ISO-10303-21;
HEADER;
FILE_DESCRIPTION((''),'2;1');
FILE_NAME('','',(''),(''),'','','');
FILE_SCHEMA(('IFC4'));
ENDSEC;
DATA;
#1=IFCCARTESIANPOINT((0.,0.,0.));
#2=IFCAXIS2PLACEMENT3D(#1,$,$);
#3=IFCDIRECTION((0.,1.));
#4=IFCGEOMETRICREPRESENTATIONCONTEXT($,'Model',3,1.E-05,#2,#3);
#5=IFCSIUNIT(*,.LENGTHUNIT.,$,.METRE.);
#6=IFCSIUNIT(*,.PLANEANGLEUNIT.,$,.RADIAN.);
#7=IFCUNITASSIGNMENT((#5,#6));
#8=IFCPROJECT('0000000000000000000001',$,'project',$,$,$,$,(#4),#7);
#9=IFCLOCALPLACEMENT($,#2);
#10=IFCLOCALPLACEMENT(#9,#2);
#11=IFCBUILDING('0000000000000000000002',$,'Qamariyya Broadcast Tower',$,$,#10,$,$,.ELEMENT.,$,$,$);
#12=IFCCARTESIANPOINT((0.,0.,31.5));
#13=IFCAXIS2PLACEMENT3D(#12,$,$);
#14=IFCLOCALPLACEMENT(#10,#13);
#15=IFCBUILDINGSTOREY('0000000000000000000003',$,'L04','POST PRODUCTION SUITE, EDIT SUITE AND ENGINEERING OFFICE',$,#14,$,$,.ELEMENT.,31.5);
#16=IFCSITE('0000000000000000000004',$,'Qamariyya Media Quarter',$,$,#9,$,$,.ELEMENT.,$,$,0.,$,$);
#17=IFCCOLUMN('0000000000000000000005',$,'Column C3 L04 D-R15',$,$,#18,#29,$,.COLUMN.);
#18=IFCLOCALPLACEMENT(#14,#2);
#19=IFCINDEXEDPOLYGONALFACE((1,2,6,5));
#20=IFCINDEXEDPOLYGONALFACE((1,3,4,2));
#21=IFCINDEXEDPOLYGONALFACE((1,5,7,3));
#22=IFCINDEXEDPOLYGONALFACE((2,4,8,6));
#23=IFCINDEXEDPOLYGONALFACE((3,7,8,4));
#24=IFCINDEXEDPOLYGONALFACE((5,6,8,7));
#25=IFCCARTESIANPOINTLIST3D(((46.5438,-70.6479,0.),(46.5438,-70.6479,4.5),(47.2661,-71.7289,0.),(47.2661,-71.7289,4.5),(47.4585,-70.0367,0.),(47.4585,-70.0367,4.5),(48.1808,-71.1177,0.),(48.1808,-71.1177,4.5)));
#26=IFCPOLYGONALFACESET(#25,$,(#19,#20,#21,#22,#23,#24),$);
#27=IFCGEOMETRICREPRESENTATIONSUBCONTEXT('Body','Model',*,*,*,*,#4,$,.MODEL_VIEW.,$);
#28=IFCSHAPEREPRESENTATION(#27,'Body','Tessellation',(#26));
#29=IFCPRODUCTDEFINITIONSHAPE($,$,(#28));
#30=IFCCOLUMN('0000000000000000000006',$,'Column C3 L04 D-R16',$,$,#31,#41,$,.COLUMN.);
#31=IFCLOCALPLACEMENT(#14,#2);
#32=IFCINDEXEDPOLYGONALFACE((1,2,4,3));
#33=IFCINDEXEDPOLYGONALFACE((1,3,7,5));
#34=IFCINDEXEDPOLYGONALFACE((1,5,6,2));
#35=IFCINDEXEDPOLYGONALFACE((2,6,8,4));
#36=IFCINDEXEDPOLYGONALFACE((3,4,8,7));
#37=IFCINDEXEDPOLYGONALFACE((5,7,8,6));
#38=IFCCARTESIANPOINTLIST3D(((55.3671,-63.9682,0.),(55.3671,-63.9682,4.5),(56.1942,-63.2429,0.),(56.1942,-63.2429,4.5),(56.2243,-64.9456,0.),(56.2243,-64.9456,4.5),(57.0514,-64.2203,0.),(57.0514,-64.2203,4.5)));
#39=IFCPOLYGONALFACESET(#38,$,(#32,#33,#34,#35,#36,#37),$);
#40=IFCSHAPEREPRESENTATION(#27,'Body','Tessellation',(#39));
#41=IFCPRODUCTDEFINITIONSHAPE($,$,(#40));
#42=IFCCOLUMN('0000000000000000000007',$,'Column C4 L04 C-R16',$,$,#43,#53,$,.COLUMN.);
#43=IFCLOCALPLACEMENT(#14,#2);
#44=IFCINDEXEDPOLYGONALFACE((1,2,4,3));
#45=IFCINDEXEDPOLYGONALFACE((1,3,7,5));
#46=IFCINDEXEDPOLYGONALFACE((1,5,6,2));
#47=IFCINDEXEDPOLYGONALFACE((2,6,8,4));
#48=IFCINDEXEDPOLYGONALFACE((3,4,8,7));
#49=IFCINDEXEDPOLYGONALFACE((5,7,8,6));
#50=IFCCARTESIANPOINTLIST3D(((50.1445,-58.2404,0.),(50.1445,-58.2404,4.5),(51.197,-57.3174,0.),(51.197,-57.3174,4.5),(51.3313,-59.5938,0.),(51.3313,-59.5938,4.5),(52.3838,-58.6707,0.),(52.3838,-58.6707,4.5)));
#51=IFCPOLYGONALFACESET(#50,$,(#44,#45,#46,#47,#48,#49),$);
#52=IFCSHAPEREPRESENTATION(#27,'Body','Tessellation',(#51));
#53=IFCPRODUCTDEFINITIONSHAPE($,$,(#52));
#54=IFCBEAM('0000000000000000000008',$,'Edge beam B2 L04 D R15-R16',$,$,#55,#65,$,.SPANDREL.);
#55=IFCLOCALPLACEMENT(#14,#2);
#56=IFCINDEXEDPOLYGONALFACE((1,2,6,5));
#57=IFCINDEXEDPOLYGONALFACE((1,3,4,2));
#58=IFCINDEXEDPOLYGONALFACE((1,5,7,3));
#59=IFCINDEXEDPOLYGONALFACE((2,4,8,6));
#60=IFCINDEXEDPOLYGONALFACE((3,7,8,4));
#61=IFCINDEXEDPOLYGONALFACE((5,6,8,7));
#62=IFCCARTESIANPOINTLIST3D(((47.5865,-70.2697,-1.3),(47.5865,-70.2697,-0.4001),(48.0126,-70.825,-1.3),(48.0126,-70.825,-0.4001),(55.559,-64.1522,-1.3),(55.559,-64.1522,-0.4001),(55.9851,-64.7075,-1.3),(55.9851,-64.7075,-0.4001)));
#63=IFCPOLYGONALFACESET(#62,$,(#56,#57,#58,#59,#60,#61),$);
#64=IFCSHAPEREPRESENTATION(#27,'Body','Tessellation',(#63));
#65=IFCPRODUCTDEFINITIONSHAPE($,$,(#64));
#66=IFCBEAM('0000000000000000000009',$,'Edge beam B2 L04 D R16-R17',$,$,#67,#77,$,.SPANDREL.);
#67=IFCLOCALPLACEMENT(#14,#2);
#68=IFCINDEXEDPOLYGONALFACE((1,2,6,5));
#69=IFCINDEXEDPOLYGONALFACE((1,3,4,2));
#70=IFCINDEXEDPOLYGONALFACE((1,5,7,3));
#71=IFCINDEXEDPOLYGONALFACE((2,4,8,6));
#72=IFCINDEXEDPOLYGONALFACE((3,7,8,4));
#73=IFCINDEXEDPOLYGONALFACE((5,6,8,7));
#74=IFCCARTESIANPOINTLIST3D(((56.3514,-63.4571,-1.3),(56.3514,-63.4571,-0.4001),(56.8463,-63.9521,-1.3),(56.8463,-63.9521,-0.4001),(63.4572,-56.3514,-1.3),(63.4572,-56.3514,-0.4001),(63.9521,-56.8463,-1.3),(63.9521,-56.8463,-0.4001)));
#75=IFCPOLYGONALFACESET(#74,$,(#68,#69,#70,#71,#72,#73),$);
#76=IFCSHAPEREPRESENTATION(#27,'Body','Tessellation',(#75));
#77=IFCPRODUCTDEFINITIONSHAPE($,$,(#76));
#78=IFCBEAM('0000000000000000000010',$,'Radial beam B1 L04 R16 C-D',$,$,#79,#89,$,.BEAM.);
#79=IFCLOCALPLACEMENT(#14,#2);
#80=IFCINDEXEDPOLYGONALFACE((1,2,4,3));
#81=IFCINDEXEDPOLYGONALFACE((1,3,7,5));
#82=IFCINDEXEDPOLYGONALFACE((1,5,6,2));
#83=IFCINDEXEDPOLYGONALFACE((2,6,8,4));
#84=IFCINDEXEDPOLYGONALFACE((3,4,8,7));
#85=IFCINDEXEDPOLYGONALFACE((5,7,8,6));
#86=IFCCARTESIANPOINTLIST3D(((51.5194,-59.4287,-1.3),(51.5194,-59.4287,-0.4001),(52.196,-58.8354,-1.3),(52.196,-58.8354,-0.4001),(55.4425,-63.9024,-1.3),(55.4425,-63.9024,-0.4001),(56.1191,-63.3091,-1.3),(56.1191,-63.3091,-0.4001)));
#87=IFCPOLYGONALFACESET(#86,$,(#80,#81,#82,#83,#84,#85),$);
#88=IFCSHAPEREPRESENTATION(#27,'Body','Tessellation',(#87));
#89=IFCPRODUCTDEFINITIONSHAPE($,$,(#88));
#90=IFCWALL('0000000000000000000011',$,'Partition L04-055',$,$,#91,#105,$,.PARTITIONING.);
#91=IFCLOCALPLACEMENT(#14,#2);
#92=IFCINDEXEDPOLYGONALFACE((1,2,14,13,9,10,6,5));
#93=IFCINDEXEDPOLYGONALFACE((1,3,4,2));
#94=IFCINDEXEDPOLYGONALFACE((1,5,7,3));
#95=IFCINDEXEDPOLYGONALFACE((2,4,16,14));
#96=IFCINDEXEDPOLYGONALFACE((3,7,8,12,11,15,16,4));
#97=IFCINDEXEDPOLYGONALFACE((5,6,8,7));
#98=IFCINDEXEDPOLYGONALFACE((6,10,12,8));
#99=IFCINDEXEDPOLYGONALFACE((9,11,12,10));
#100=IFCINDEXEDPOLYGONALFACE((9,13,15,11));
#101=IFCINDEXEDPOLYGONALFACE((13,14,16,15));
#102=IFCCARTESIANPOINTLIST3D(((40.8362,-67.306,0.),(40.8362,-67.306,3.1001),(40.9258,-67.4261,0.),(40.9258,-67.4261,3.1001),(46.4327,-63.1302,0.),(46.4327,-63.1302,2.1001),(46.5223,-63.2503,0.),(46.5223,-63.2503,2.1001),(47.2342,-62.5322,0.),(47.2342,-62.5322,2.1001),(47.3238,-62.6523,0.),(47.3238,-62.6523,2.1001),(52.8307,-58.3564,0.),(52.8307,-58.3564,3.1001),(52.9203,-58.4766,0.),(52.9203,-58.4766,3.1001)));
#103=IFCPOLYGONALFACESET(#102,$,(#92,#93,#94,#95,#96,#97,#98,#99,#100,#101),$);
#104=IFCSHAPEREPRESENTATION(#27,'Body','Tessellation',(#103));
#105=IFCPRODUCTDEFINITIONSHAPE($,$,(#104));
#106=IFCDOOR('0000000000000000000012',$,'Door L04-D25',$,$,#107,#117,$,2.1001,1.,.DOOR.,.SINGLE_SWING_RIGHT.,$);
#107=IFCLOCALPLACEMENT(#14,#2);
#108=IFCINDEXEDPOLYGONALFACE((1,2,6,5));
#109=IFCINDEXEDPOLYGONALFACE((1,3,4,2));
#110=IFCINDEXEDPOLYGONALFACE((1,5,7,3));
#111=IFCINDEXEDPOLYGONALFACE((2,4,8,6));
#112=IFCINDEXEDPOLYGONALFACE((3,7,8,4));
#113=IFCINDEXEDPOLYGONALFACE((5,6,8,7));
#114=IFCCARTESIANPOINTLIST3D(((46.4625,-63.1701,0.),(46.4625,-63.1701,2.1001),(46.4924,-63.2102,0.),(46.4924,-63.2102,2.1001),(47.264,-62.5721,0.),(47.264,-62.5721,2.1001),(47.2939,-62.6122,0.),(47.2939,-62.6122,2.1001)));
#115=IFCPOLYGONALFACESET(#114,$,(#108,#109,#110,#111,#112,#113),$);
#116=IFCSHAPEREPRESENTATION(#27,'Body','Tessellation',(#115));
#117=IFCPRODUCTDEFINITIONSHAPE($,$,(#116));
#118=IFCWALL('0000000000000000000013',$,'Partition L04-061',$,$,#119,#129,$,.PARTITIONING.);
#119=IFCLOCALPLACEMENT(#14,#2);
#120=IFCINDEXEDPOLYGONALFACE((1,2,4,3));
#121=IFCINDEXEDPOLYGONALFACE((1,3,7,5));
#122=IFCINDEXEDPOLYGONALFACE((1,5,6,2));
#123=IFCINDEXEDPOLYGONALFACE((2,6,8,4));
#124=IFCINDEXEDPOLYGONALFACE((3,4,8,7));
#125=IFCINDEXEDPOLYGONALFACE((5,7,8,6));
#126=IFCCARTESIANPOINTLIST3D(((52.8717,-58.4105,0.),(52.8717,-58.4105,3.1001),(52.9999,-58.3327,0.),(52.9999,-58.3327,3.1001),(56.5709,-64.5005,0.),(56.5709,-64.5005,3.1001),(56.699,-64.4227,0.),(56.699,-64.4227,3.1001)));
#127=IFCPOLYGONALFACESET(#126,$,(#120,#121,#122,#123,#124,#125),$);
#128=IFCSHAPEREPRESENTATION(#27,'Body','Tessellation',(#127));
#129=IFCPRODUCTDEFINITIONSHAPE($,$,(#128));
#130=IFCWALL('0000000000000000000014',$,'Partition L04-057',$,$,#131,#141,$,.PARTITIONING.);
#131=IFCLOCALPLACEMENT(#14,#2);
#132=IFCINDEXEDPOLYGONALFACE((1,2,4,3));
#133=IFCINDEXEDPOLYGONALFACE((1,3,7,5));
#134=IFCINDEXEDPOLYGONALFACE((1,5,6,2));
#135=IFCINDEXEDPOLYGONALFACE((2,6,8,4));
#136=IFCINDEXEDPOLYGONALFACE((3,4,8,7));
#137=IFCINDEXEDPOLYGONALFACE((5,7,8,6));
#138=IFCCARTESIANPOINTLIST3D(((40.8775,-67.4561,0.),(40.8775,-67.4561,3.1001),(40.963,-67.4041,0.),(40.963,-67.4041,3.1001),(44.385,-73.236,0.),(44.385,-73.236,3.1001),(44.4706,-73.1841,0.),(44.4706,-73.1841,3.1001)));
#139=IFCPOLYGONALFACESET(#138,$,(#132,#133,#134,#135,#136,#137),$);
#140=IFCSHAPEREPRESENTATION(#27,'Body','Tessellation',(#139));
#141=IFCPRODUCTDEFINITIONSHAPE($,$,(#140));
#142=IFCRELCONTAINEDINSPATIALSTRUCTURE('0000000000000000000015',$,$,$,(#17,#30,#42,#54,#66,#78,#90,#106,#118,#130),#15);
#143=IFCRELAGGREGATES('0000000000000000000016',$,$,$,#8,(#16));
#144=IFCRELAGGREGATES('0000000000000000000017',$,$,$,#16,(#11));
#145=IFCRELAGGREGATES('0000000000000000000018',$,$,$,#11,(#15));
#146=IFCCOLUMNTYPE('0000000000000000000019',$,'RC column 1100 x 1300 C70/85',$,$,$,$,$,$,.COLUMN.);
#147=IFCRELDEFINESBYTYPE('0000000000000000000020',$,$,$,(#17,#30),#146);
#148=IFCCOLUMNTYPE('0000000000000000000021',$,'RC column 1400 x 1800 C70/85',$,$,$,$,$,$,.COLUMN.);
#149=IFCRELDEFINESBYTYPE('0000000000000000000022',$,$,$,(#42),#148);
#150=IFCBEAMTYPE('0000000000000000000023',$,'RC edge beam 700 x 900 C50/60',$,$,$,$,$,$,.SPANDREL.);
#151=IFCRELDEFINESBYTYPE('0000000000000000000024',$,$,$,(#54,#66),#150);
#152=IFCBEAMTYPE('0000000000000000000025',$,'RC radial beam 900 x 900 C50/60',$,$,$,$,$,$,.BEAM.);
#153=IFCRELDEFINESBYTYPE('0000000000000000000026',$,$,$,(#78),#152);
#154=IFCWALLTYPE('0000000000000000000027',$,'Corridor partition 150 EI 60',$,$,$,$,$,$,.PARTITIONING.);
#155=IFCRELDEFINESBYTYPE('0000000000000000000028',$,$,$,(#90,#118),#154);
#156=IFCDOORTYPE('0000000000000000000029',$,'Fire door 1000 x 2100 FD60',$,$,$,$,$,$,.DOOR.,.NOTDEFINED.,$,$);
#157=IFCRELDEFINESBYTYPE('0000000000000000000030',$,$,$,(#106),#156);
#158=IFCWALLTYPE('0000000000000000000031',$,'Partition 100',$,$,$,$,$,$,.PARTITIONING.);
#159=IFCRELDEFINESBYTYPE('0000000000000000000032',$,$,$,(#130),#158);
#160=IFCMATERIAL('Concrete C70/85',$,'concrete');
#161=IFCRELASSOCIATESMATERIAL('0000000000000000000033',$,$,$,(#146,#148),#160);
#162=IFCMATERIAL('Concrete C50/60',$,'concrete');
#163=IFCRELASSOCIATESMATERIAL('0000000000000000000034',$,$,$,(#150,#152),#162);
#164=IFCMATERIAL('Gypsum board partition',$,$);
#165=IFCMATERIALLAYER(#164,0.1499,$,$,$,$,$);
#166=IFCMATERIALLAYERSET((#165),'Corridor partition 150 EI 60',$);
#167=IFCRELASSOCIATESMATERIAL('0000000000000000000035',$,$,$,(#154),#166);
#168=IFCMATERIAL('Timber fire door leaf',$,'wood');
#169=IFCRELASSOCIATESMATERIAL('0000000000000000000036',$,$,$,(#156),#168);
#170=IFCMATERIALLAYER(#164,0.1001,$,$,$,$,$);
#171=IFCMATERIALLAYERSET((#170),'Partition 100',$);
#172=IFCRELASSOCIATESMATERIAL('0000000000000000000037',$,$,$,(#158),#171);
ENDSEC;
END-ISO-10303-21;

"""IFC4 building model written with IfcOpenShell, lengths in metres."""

from ifc_helpers import new_model, si_unit, direction, frame, frame_2d, origin, origin_2d, place, context, subcontext, project, spatial, rectangle, extrude, material, layer, layer_set, material_profile, profile_set, type_object, element, fill, save


model = new_model("IFC4")

# Units and contexts
model_context = context("Model", 3, precision=1e-05, world=origin(), true_north=direction((0.0, 1.0)))
body_context = subcontext(model_context, "Body", "Model", "MODEL_VIEW")
ifc_project = project(units=[si_unit("LENGTHUNIT", "METRE"), si_unit("PLANEANGLEUNIT", "RADIAN")], contexts=[model_context])

# Site, building, storey
site_placement = place(None, origin())
site = spatial("IfcSite", under=ifc_project, at=site_placement, Name="Qamariyya Media Quarter", CompositionType="ELEMENT", RefElevation=0.0)
building_placement = place(site_placement, origin())
building = spatial("IfcBuilding", under=site, at=building_placement, Name="Qamariyya Broadcast Tower", CompositionType="ELEMENT")
storey_placement = place(building_placement, frame((0.0, 0.0, 31.5)))
storey = spatial("IfcBuildingStorey", under=building, at=storey_placement, Name="L04", Description="POST PRODUCTION SUITE, EDIT SUITE AND ENGINEERING OFFICE", CompositionType="ELEMENT", Elevation=31.5)

# Columns
ifc_material_1 = material(Name="Concrete C70/85", Category="concrete")
ifc_material_profile_1 = material_profile(ifc_material_1, rectangle(XDim=1.1001, YDim=1.3, at=origin_2d()))
ifc_profile_set_1 = profile_set([ifc_material_profile_1], Name="Concrete C70/85")
column_type_1 = type_object("IfcColumnType", Name="RC column 1100 x 1300 C70/85", PredefinedType="COLUMN", material=ifc_profile_set_1)
for number, where, z_axis, x_axis, name in (
    (1, (47.3623, -70.8828, 0.0), (0.0, 0.0, 1.0), (0.83147, 0.55557, 0.0), "Column C3 L04 D-R15"),
    (2, (56.2092, -64.0942, 0.0), (0.0, 0.0, 1.0), (0.75184, 0.659346, 0.0), "Column C3 L04 D-R16"),
):
    element("IfcColumn", number, at=place(storey_placement, frame(where, z_axis=z_axis, x_axis=x_axis)), inside=storey, type_object=column_type_1, Name=name, PredefinedType="COLUMN", context=body_context, shape_type="SweptSolid", body=[
        extrude(rectangle(XDim=1.1001, YDim=1.3, at=origin_2d()), origin(), (0.0, 0.0, 1.0), 4.5),
    ])
ifc_material_profile_2 = material_profile(ifc_material_1, rectangle(XDim=1.3999, YDim=1.8, at=origin_2d()))
ifc_profile_set_2 = profile_set([ifc_material_profile_2], Name="Concrete C70/85")
column_type_2 = type_object("IfcColumnType", Name="RC column 1400 x 1800 C70/85", PredefinedType="COLUMN", material=ifc_profile_set_2)
column_placement = place(storey_placement, frame((51.2642, -58.4556, 0.0), z_axis=(0.0, 0.0, 1.0), x_axis=(0.75184, 0.659346, 0.0)))
element("IfcColumn", 3, at=column_placement, inside=storey, type_object=column_type_2, Name="Column C4 L04 C-R16", PredefinedType="COLUMN", context=body_context, shape_type="SweptSolid", body=[
    extrude(rectangle(XDim=1.3999, YDim=1.8, at=origin_2d()), origin(), (0.0, 0.0, 1.0), 4.5),
])

# Beams
ifc_material_2 = material(Name="Concrete C50/60", Category="concrete")
ifc_material_profile_3 = material_profile(ifc_material_2, rectangle(XDim=0.7, YDim=0.8999, at=origin_2d()))
ifc_profile_set_3 = profile_set([ifc_material_profile_3], Name="Concrete C50/60")
beam_type_1 = type_object("IfcBeamType", Name="RC edge beam 700 x 900 C50/60", PredefinedType="SPANDREL", material=ifc_profile_set_3)
for number, where, z_axis, x_axis, name in (
    (4, (47.7996, -70.5474, -0.8501), (0.793354, 0.60876, 0.0), (-0.60876, 0.793354, 0.0), "Edge beam B2 L04 D R15-R16"),
    (5, (56.5989, -63.7046, -0.8501), (0.707107, 0.707107, 0.0), (-0.707107, 0.707107, 0.0), "Edge beam B2 L04 D R16-R17"),
):
    element("IfcBeam", number, at=place(storey_placement, frame(where, z_axis=z_axis, x_axis=x_axis)), inside=storey, type_object=beam_type_1, Name=name, PredefinedType="SPANDREL", context=body_context, shape_type="SweptSolid", body=[
        extrude(rectangle(XDim=0.7, YDim=0.8999, at=origin_2d()), origin(), (0.0, 0.0, 1.0), 10.0491),
    ])
ifc_material_profile_4 = material_profile(ifc_material_2, rectangle(XDim=0.8999, YDim=0.8999, at=origin_2d()))
ifc_profile_set_4 = profile_set([ifc_material_profile_4], Name="Concrete C50/60")
beam_type_2 = type_object("IfcBeamType", Name="RC radial beam 900 x 900 C50/60", PredefinedType="BEAM", material=ifc_profile_set_4)
beam_placement = place(storey_placement, frame((51.8577, -59.1321, -0.8501), z_axis=(0.659329, -0.751854, 0.0), x_axis=(0.751854, 0.659329, 0.0)))
element("IfcBeam", 6, at=beam_placement, inside=storey, type_object=beam_type_2, Name="Radial beam B1 L04 R16 C-D", PredefinedType="BEAM", context=body_context, shape_type="SweptSolid", body=[
    extrude(rectangle(XDim=0.8999, YDim=0.8999, at=origin_2d()), origin(), (0.0, 0.0, 1.0), 5.9502),
])

# Wall, opening, door
ifc_material_3 = material(Name="Gypsum board partition")
ifc_layer_1 = layer(ifc_material_3, 0.1499)
ifc_layer_set_1 = layer_set([ifc_layer_1], Name="Corridor partition 150 EI 60")
wall_type_1 = type_object("IfcWallType", Name="Corridor partition 150 EI 60", PredefinedType="PARTITIONING", material=ifc_layer_set_1)
wall_1_placement = place(storey_placement, frame((52.8755, -58.4165, 0.0), z_axis=(0.0, 0.0, 1.0), x_axis=(-0.801483, -0.598017, 0.0)))
wall_1 = element("IfcWall", 7, at=wall_1_placement, inside=storey, type_object=wall_type_1, Name="Partition L04-055", PredefinedType="PARTITIONING", context=body_context, shape_type="SweptSolid", body=[
    extrude(rectangle(XDim=14.9653, YDim=0.1499, at=frame_2d((7.4827, 0.0))), origin(), (0.0, 0.0, 1.0), 3.1001),
])
opening_1_placement = place(wall_1_placement, frame((6.9827, 0.0, 0.0)))
opening_1 = element("IfcOpeningElement", 8, at=opening_1_placement, cuts=wall_1, PredefinedType="OPENING", context=body_context, shape_type="SweptSolid", body=[
    extrude(rectangle(XDim=1.0, YDim=2.1001, at=frame_2d((0.5, 1.05))), frame((0.0, 0.085, 0.0), z_axis=(0.0, -1.0, 0.0), x_axis=(1.0, 0.0, 0.0)), (0.0, 0.0, 1.0), 0.1699),
])
ifc_material_4 = material(Name="Timber fire door leaf", Category="wood")
door_type = type_object("IfcDoorType", Name="Fire door 1000 x 2100 FD60", OperationType="NOTDEFINED", PredefinedType="DOOR", material=ifc_material_4)
door_placement = place(opening_1_placement, origin())
door = element("IfcDoor", 9, at=door_placement, inside=storey, type_object=door_type, Name="Door L04-D25", OperationType="SINGLE_SWING_RIGHT", OverallHeight=2.1001, OverallWidth=1.0, PredefinedType="DOOR", context=body_context, shape_type="SweptSolid", body=[
    extrude(rectangle(XDim=1.0, YDim=2.1001, at=frame_2d((0.5, 1.05))), frame((0.0, 0.0249, 0.0), z_axis=(0.0, -1.0, 0.0), x_axis=(1.0, 0.0, 0.0)), (0.0, 0.0, 1.0), 0.05),
])
fill(opening_1, door)

# Walls
wall_2_placement = place(storey_placement, frame((52.9358, -58.3716, 0.0), z_axis=(0.0, 0.0, 1.0), x_axis=(0.519149, -0.854684, 0.0)))
element("IfcWall", 10, at=wall_2_placement, inside=storey, type_object=wall_type_1, Name="Partition L04-061", PredefinedType="PARTITIONING", context=body_context, shape_type="SweptSolid", body=[
    extrude(rectangle(XDim=7.1255, YDim=0.1499, at=frame_2d((3.5627, 0.0))), origin(), (0.0, 0.0, 1.0), 3.1001),
])
ifc_layer_2 = layer(ifc_material_3, 0.1001)
ifc_layer_set_2 = layer_set([ifc_layer_2], Name="Partition 100")
wall_type_2 = type_object("IfcWallType", Name="Partition 100", PredefinedType="PARTITIONING", material=ifc_layer_set_2)
wall_3_placement = place(storey_placement, frame((44.4277, -73.21, 0.0), z_axis=(0.0, 0.0, 1.0), x_axis=(-0.518791, 0.854901, 0.0)))
element("IfcWall", 11, at=wall_3_placement, inside=storey, type_object=wall_type_2, Name="Partition L04-057", PredefinedType="PARTITIONING", context=body_context, shape_type="SweptSolid", body=[
    extrude(rectangle(XDim=6.761, YDim=0.1001, at=frame_2d((3.3804, 0.0))), origin(), (0.0, 0.0, 1.0), 3.1001),
])

save(model, "model.ifc")
